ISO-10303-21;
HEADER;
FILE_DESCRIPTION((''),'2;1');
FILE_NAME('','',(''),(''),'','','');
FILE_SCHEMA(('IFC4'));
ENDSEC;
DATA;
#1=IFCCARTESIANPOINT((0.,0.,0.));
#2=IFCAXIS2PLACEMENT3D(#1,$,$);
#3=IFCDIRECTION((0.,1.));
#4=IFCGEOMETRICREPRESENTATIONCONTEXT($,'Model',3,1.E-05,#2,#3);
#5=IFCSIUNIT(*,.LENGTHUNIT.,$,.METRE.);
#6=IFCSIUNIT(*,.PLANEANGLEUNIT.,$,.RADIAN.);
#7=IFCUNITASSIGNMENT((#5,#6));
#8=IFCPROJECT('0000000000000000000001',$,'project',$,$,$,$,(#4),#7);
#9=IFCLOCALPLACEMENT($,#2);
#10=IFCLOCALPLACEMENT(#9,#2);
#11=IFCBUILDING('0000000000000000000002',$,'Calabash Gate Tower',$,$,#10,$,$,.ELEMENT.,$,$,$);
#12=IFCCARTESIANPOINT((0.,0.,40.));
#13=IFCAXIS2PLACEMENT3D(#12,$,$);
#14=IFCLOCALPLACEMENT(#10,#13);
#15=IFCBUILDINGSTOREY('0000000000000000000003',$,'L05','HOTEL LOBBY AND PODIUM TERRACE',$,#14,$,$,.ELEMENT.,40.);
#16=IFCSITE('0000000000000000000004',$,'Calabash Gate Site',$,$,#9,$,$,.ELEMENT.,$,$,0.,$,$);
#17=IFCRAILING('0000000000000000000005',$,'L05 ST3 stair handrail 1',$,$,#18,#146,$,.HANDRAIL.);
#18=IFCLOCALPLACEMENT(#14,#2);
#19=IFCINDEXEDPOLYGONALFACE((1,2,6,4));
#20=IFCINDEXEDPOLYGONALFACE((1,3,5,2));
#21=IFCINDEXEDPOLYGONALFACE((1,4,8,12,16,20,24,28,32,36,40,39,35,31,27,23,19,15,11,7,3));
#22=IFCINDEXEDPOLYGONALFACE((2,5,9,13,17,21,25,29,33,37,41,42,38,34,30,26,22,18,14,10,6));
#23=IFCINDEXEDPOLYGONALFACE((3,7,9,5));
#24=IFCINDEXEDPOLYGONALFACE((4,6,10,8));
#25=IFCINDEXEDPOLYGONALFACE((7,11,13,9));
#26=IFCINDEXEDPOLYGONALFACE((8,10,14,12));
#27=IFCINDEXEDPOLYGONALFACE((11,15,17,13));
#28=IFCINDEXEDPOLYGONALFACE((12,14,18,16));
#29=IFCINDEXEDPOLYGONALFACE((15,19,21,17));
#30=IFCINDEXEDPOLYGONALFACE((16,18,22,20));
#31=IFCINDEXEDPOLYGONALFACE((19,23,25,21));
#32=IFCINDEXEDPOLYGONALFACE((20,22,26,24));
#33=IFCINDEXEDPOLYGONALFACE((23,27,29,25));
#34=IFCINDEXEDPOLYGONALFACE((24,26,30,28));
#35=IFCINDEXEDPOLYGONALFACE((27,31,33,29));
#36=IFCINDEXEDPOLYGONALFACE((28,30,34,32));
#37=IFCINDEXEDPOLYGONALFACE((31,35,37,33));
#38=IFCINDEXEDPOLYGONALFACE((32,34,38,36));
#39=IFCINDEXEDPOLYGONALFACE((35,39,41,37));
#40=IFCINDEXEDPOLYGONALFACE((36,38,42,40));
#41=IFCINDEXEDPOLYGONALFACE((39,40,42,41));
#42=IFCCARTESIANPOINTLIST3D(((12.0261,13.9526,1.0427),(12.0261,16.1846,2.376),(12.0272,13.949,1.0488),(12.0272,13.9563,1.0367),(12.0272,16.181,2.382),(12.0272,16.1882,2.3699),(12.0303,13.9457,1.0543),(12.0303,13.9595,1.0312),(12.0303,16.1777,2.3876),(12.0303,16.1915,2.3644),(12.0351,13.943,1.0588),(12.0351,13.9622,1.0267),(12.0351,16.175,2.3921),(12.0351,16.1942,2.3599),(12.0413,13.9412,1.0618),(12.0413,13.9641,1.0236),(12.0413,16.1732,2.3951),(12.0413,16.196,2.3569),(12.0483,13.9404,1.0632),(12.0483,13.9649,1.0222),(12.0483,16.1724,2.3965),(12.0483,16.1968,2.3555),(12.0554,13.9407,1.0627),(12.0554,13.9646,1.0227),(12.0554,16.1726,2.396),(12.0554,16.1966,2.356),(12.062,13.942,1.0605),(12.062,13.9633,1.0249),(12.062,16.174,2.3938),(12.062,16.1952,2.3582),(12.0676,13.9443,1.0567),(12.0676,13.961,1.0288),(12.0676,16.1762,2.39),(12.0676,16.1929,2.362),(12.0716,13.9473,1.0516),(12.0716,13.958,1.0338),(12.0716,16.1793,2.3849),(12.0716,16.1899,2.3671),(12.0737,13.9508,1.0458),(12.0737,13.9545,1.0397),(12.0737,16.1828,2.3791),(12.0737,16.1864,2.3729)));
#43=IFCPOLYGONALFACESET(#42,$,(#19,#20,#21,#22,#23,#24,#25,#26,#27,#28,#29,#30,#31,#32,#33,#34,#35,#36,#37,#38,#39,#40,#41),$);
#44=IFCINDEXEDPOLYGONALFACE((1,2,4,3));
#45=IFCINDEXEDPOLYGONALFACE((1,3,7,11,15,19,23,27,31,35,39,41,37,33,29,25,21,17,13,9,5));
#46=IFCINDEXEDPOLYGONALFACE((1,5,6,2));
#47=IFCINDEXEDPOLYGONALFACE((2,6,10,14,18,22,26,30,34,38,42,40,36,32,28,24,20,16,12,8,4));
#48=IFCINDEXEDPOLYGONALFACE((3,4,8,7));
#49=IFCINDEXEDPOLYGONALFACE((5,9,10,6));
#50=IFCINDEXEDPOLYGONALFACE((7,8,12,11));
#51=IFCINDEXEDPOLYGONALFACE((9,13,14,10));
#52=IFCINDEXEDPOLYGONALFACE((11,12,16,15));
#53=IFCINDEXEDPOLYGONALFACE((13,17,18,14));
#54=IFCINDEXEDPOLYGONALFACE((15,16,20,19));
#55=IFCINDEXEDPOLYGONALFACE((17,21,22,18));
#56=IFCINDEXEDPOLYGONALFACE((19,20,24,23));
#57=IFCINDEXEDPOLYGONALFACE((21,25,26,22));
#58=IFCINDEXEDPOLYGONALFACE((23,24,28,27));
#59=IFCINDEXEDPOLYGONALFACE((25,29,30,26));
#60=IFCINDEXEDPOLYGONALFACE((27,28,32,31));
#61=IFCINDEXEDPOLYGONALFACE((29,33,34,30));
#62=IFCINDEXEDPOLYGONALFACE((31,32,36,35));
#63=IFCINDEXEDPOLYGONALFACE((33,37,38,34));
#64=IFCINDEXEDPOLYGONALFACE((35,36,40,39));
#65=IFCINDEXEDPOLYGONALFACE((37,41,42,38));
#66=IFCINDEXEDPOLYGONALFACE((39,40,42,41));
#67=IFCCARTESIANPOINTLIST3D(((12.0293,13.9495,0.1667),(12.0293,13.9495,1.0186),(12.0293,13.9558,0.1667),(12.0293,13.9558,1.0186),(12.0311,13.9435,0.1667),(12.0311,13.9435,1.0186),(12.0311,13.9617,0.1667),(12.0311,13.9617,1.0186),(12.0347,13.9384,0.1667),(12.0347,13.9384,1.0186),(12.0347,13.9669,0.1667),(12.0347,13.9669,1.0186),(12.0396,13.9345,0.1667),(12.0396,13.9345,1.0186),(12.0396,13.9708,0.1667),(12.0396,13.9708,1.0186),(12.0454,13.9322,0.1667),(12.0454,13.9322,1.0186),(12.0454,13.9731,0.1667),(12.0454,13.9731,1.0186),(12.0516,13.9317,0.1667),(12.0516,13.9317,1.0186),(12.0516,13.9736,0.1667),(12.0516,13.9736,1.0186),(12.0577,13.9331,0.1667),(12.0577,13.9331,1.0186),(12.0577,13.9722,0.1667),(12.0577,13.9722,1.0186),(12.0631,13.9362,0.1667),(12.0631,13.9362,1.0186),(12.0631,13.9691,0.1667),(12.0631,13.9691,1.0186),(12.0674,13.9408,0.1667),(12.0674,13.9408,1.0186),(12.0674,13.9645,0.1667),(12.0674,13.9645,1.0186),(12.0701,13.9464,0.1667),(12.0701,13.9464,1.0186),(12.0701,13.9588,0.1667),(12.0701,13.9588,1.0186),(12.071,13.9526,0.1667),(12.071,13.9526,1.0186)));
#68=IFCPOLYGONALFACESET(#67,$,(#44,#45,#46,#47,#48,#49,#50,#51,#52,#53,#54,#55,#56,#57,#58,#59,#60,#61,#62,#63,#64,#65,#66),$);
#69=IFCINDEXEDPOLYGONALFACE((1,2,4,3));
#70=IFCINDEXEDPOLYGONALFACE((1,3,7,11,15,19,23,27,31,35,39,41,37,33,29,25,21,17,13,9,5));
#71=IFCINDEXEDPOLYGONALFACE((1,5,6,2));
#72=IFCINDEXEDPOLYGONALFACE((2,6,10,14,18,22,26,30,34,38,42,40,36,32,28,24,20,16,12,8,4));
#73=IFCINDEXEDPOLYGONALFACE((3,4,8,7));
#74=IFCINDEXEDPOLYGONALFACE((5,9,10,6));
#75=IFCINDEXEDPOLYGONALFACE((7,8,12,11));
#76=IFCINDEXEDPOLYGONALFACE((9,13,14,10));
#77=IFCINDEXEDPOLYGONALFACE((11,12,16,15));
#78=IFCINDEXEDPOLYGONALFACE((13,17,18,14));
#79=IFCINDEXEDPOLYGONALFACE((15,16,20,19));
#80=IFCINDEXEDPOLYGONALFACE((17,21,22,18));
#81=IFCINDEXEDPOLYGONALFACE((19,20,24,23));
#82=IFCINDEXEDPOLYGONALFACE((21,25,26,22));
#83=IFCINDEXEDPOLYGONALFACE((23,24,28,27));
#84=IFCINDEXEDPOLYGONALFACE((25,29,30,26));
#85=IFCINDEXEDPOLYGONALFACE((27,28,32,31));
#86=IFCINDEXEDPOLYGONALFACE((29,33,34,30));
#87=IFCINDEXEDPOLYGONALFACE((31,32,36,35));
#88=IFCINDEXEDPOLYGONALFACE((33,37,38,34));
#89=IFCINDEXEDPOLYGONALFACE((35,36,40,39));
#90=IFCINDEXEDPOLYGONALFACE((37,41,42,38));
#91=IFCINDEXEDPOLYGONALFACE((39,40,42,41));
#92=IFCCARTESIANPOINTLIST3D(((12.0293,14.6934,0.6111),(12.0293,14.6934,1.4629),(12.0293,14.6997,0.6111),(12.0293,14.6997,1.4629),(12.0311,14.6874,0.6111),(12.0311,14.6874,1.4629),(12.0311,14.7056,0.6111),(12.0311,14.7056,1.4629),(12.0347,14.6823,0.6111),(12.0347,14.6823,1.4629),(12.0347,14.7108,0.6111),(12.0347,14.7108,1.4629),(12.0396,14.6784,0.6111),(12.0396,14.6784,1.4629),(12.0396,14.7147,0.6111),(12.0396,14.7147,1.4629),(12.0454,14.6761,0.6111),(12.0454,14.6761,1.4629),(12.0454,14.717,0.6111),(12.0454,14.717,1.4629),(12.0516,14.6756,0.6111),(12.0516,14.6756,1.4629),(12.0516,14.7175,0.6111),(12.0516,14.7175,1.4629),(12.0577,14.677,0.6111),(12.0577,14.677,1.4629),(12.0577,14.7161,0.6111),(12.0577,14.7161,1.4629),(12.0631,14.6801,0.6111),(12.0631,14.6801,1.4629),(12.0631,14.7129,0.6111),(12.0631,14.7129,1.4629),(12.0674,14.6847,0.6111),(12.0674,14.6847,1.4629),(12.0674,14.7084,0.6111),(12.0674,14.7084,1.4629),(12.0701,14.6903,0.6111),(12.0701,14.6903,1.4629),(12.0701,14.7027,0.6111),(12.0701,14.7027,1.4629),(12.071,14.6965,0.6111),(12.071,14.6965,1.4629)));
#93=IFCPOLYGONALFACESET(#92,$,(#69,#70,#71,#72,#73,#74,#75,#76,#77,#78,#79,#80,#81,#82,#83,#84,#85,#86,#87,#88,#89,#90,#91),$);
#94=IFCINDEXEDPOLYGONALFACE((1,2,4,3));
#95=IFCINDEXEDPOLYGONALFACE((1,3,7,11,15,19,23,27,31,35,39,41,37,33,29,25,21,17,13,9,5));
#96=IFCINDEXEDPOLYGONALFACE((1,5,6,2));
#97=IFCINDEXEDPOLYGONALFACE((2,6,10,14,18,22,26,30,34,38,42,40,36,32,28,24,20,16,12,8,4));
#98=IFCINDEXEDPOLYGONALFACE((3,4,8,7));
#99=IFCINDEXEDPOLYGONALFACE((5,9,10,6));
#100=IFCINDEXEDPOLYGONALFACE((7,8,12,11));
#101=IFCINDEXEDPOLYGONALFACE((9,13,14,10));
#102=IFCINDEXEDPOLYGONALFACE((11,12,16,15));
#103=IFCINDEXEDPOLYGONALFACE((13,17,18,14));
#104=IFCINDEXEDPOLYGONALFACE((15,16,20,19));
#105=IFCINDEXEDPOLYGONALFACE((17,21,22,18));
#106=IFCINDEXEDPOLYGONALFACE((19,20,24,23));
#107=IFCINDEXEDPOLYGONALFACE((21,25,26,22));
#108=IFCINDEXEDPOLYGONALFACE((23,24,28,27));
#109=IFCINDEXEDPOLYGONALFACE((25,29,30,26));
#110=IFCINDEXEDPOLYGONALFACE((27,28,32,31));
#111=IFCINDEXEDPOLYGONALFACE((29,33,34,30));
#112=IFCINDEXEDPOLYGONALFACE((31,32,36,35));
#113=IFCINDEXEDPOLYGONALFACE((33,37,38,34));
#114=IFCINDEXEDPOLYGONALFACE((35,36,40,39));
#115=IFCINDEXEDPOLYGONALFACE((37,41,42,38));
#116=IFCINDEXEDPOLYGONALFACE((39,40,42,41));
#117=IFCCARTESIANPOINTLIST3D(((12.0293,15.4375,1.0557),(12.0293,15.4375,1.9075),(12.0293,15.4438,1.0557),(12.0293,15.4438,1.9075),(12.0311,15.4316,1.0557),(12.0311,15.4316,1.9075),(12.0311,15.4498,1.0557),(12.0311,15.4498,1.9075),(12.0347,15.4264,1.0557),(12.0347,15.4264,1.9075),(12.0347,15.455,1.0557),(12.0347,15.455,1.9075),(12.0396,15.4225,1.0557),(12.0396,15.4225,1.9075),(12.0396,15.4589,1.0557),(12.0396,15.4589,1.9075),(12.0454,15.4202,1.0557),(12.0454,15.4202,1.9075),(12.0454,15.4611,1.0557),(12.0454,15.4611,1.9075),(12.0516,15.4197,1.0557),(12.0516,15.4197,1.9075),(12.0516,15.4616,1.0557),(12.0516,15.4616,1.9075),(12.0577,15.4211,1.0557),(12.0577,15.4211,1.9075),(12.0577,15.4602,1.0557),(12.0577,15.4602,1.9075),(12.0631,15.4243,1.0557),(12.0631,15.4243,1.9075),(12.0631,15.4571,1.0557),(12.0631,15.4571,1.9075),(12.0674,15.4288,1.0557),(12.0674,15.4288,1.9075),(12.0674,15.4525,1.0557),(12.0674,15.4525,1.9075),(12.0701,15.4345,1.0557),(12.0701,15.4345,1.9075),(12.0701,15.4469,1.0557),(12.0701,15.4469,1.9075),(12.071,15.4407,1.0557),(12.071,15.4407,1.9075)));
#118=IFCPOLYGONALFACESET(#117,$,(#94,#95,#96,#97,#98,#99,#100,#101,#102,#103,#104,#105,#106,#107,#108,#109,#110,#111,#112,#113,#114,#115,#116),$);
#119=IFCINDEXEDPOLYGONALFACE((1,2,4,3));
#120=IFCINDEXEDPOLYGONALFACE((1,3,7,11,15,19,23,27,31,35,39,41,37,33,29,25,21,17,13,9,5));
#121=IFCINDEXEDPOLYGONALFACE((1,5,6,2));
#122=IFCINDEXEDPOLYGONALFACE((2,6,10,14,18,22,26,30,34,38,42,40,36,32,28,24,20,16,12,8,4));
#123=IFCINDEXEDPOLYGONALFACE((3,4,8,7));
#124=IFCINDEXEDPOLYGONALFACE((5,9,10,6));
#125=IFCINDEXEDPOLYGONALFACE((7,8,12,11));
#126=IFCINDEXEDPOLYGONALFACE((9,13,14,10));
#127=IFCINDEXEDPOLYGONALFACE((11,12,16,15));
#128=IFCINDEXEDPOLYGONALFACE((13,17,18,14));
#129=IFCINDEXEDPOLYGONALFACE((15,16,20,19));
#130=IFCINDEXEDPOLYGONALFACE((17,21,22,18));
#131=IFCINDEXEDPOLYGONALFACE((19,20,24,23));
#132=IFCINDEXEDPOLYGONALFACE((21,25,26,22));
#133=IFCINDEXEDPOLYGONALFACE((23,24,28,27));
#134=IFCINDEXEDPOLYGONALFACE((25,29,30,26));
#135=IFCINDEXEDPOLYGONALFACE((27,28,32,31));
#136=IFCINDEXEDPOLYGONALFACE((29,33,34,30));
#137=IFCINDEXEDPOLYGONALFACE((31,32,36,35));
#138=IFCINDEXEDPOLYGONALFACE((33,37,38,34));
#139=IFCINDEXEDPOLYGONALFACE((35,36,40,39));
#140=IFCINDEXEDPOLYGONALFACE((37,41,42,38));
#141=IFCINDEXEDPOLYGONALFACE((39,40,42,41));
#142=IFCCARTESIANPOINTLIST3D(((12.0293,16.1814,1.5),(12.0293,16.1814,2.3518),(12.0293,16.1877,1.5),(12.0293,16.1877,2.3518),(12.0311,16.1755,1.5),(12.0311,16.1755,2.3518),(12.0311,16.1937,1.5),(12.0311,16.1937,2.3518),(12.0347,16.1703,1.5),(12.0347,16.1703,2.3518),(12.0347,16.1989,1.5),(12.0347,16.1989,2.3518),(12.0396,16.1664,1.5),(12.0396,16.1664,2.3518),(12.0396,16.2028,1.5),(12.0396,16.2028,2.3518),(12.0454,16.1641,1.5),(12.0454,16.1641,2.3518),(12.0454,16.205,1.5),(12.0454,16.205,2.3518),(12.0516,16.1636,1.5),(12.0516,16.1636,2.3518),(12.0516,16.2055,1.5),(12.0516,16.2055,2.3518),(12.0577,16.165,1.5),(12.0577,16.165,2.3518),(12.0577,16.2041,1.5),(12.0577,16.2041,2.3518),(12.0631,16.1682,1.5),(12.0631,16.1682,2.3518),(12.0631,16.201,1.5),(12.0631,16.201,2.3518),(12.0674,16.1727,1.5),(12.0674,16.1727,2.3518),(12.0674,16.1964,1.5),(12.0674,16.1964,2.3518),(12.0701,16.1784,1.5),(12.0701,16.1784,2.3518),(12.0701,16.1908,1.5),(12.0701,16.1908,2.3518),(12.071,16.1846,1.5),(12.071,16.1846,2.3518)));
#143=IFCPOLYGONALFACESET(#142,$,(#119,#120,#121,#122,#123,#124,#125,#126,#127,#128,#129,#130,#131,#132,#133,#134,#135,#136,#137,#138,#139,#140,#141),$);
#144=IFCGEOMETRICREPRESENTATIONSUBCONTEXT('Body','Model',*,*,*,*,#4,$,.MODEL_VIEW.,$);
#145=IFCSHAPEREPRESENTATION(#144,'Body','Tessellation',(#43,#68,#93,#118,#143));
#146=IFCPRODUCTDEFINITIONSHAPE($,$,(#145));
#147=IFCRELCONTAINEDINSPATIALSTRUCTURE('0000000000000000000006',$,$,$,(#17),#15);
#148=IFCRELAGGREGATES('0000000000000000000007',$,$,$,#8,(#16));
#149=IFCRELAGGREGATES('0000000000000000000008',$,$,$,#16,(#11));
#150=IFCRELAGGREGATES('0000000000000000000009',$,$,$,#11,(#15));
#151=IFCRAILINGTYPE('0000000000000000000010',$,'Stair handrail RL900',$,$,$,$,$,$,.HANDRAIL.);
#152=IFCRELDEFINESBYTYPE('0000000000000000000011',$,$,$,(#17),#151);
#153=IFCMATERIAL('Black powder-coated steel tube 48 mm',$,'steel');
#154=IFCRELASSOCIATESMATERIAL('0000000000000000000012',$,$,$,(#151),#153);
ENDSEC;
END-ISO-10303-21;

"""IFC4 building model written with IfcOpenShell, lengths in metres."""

from ifc_helpers import new_model, si_unit, direction, frame, origin, origin_2d, place, context, subcontext, project, spatial, circle, extrude, material, type_object, element, save


model = new_model("IFC4")

# Units and contexts
model_context = context("Model", 3, precision=1e-05, world=origin(), true_north=direction((0.0, 1.0)))
body_context = subcontext(model_context, "Body", "Model", "MODEL_VIEW")
ifc_project = project(units=[si_unit("LENGTHUNIT", "METRE"), si_unit("PLANEANGLEUNIT", "RADIAN")], contexts=[model_context])

# Site, building, storey
site_placement = place(None, origin())
site = spatial("IfcSite", under=ifc_project, at=site_placement, Name="Calabash Gate Site", CompositionType="ELEMENT", RefElevation=0.0)
building_placement = place(site_placement, origin())
building = spatial("IfcBuilding", under=site, at=building_placement, Name="Calabash Gate Tower", CompositionType="ELEMENT")
storey_placement = place(building_placement, frame((0.0, 0.0, 40.0)))
storey = spatial("IfcBuildingStorey", under=building, at=storey_placement, Name="L05", Description="HOTEL LOBBY AND PODIUM TERRACE", CompositionType="ELEMENT", Elevation=40.0)

# Railing
ifc_material_1 = material(Name="Black powder-coated steel tube 48 mm", Category="steel")
railing_type = type_object("IfcRailingType", Name="Stair handrail RL900", PredefinedType="HANDRAIL", material=ifc_material_1)
railing_1_placement = place(storey_placement, frame((12.05, 13.9526, 0.1667)))
element("IfcRailing", 1, at=railing_1_placement, inside=storey, type_object=railing_type, Name="L05 ST3 stair handrail 1", PredefinedType="HANDRAIL", context=body_context, shape_type="SweptSolid", body=[
    extrude(circle(Radius=0.0239, at=origin_2d()), frame((0.0, 0.0, 0.876), z_axis=(0.0, 0.858494, 0.512824), x_axis=(-1.0, 0.0, 0.0)), (0.0, 0.0, 1.0), 2.5999),
    extrude(circle(Radius=0.021, at=origin_2d()), origin(), (0.0, 0.0, 1.0), 0.8518),
    extrude(circle(Radius=0.021, at=origin_2d()), frame((0.0, 0.7439, 0.4443)), (0.0, 0.0, 1.0), 0.8518),
    extrude(circle(Radius=0.021, at=origin_2d()), frame((0.0, 1.488, 0.8889)), (0.0, 0.0, 1.0), 0.8518),
    extrude(circle(Radius=0.021, at=origin_2d()), frame((0.0, 2.2319, 1.3333)), (0.0, 0.0, 1.0), 0.8518),
])

save(model, "model.ifc")
